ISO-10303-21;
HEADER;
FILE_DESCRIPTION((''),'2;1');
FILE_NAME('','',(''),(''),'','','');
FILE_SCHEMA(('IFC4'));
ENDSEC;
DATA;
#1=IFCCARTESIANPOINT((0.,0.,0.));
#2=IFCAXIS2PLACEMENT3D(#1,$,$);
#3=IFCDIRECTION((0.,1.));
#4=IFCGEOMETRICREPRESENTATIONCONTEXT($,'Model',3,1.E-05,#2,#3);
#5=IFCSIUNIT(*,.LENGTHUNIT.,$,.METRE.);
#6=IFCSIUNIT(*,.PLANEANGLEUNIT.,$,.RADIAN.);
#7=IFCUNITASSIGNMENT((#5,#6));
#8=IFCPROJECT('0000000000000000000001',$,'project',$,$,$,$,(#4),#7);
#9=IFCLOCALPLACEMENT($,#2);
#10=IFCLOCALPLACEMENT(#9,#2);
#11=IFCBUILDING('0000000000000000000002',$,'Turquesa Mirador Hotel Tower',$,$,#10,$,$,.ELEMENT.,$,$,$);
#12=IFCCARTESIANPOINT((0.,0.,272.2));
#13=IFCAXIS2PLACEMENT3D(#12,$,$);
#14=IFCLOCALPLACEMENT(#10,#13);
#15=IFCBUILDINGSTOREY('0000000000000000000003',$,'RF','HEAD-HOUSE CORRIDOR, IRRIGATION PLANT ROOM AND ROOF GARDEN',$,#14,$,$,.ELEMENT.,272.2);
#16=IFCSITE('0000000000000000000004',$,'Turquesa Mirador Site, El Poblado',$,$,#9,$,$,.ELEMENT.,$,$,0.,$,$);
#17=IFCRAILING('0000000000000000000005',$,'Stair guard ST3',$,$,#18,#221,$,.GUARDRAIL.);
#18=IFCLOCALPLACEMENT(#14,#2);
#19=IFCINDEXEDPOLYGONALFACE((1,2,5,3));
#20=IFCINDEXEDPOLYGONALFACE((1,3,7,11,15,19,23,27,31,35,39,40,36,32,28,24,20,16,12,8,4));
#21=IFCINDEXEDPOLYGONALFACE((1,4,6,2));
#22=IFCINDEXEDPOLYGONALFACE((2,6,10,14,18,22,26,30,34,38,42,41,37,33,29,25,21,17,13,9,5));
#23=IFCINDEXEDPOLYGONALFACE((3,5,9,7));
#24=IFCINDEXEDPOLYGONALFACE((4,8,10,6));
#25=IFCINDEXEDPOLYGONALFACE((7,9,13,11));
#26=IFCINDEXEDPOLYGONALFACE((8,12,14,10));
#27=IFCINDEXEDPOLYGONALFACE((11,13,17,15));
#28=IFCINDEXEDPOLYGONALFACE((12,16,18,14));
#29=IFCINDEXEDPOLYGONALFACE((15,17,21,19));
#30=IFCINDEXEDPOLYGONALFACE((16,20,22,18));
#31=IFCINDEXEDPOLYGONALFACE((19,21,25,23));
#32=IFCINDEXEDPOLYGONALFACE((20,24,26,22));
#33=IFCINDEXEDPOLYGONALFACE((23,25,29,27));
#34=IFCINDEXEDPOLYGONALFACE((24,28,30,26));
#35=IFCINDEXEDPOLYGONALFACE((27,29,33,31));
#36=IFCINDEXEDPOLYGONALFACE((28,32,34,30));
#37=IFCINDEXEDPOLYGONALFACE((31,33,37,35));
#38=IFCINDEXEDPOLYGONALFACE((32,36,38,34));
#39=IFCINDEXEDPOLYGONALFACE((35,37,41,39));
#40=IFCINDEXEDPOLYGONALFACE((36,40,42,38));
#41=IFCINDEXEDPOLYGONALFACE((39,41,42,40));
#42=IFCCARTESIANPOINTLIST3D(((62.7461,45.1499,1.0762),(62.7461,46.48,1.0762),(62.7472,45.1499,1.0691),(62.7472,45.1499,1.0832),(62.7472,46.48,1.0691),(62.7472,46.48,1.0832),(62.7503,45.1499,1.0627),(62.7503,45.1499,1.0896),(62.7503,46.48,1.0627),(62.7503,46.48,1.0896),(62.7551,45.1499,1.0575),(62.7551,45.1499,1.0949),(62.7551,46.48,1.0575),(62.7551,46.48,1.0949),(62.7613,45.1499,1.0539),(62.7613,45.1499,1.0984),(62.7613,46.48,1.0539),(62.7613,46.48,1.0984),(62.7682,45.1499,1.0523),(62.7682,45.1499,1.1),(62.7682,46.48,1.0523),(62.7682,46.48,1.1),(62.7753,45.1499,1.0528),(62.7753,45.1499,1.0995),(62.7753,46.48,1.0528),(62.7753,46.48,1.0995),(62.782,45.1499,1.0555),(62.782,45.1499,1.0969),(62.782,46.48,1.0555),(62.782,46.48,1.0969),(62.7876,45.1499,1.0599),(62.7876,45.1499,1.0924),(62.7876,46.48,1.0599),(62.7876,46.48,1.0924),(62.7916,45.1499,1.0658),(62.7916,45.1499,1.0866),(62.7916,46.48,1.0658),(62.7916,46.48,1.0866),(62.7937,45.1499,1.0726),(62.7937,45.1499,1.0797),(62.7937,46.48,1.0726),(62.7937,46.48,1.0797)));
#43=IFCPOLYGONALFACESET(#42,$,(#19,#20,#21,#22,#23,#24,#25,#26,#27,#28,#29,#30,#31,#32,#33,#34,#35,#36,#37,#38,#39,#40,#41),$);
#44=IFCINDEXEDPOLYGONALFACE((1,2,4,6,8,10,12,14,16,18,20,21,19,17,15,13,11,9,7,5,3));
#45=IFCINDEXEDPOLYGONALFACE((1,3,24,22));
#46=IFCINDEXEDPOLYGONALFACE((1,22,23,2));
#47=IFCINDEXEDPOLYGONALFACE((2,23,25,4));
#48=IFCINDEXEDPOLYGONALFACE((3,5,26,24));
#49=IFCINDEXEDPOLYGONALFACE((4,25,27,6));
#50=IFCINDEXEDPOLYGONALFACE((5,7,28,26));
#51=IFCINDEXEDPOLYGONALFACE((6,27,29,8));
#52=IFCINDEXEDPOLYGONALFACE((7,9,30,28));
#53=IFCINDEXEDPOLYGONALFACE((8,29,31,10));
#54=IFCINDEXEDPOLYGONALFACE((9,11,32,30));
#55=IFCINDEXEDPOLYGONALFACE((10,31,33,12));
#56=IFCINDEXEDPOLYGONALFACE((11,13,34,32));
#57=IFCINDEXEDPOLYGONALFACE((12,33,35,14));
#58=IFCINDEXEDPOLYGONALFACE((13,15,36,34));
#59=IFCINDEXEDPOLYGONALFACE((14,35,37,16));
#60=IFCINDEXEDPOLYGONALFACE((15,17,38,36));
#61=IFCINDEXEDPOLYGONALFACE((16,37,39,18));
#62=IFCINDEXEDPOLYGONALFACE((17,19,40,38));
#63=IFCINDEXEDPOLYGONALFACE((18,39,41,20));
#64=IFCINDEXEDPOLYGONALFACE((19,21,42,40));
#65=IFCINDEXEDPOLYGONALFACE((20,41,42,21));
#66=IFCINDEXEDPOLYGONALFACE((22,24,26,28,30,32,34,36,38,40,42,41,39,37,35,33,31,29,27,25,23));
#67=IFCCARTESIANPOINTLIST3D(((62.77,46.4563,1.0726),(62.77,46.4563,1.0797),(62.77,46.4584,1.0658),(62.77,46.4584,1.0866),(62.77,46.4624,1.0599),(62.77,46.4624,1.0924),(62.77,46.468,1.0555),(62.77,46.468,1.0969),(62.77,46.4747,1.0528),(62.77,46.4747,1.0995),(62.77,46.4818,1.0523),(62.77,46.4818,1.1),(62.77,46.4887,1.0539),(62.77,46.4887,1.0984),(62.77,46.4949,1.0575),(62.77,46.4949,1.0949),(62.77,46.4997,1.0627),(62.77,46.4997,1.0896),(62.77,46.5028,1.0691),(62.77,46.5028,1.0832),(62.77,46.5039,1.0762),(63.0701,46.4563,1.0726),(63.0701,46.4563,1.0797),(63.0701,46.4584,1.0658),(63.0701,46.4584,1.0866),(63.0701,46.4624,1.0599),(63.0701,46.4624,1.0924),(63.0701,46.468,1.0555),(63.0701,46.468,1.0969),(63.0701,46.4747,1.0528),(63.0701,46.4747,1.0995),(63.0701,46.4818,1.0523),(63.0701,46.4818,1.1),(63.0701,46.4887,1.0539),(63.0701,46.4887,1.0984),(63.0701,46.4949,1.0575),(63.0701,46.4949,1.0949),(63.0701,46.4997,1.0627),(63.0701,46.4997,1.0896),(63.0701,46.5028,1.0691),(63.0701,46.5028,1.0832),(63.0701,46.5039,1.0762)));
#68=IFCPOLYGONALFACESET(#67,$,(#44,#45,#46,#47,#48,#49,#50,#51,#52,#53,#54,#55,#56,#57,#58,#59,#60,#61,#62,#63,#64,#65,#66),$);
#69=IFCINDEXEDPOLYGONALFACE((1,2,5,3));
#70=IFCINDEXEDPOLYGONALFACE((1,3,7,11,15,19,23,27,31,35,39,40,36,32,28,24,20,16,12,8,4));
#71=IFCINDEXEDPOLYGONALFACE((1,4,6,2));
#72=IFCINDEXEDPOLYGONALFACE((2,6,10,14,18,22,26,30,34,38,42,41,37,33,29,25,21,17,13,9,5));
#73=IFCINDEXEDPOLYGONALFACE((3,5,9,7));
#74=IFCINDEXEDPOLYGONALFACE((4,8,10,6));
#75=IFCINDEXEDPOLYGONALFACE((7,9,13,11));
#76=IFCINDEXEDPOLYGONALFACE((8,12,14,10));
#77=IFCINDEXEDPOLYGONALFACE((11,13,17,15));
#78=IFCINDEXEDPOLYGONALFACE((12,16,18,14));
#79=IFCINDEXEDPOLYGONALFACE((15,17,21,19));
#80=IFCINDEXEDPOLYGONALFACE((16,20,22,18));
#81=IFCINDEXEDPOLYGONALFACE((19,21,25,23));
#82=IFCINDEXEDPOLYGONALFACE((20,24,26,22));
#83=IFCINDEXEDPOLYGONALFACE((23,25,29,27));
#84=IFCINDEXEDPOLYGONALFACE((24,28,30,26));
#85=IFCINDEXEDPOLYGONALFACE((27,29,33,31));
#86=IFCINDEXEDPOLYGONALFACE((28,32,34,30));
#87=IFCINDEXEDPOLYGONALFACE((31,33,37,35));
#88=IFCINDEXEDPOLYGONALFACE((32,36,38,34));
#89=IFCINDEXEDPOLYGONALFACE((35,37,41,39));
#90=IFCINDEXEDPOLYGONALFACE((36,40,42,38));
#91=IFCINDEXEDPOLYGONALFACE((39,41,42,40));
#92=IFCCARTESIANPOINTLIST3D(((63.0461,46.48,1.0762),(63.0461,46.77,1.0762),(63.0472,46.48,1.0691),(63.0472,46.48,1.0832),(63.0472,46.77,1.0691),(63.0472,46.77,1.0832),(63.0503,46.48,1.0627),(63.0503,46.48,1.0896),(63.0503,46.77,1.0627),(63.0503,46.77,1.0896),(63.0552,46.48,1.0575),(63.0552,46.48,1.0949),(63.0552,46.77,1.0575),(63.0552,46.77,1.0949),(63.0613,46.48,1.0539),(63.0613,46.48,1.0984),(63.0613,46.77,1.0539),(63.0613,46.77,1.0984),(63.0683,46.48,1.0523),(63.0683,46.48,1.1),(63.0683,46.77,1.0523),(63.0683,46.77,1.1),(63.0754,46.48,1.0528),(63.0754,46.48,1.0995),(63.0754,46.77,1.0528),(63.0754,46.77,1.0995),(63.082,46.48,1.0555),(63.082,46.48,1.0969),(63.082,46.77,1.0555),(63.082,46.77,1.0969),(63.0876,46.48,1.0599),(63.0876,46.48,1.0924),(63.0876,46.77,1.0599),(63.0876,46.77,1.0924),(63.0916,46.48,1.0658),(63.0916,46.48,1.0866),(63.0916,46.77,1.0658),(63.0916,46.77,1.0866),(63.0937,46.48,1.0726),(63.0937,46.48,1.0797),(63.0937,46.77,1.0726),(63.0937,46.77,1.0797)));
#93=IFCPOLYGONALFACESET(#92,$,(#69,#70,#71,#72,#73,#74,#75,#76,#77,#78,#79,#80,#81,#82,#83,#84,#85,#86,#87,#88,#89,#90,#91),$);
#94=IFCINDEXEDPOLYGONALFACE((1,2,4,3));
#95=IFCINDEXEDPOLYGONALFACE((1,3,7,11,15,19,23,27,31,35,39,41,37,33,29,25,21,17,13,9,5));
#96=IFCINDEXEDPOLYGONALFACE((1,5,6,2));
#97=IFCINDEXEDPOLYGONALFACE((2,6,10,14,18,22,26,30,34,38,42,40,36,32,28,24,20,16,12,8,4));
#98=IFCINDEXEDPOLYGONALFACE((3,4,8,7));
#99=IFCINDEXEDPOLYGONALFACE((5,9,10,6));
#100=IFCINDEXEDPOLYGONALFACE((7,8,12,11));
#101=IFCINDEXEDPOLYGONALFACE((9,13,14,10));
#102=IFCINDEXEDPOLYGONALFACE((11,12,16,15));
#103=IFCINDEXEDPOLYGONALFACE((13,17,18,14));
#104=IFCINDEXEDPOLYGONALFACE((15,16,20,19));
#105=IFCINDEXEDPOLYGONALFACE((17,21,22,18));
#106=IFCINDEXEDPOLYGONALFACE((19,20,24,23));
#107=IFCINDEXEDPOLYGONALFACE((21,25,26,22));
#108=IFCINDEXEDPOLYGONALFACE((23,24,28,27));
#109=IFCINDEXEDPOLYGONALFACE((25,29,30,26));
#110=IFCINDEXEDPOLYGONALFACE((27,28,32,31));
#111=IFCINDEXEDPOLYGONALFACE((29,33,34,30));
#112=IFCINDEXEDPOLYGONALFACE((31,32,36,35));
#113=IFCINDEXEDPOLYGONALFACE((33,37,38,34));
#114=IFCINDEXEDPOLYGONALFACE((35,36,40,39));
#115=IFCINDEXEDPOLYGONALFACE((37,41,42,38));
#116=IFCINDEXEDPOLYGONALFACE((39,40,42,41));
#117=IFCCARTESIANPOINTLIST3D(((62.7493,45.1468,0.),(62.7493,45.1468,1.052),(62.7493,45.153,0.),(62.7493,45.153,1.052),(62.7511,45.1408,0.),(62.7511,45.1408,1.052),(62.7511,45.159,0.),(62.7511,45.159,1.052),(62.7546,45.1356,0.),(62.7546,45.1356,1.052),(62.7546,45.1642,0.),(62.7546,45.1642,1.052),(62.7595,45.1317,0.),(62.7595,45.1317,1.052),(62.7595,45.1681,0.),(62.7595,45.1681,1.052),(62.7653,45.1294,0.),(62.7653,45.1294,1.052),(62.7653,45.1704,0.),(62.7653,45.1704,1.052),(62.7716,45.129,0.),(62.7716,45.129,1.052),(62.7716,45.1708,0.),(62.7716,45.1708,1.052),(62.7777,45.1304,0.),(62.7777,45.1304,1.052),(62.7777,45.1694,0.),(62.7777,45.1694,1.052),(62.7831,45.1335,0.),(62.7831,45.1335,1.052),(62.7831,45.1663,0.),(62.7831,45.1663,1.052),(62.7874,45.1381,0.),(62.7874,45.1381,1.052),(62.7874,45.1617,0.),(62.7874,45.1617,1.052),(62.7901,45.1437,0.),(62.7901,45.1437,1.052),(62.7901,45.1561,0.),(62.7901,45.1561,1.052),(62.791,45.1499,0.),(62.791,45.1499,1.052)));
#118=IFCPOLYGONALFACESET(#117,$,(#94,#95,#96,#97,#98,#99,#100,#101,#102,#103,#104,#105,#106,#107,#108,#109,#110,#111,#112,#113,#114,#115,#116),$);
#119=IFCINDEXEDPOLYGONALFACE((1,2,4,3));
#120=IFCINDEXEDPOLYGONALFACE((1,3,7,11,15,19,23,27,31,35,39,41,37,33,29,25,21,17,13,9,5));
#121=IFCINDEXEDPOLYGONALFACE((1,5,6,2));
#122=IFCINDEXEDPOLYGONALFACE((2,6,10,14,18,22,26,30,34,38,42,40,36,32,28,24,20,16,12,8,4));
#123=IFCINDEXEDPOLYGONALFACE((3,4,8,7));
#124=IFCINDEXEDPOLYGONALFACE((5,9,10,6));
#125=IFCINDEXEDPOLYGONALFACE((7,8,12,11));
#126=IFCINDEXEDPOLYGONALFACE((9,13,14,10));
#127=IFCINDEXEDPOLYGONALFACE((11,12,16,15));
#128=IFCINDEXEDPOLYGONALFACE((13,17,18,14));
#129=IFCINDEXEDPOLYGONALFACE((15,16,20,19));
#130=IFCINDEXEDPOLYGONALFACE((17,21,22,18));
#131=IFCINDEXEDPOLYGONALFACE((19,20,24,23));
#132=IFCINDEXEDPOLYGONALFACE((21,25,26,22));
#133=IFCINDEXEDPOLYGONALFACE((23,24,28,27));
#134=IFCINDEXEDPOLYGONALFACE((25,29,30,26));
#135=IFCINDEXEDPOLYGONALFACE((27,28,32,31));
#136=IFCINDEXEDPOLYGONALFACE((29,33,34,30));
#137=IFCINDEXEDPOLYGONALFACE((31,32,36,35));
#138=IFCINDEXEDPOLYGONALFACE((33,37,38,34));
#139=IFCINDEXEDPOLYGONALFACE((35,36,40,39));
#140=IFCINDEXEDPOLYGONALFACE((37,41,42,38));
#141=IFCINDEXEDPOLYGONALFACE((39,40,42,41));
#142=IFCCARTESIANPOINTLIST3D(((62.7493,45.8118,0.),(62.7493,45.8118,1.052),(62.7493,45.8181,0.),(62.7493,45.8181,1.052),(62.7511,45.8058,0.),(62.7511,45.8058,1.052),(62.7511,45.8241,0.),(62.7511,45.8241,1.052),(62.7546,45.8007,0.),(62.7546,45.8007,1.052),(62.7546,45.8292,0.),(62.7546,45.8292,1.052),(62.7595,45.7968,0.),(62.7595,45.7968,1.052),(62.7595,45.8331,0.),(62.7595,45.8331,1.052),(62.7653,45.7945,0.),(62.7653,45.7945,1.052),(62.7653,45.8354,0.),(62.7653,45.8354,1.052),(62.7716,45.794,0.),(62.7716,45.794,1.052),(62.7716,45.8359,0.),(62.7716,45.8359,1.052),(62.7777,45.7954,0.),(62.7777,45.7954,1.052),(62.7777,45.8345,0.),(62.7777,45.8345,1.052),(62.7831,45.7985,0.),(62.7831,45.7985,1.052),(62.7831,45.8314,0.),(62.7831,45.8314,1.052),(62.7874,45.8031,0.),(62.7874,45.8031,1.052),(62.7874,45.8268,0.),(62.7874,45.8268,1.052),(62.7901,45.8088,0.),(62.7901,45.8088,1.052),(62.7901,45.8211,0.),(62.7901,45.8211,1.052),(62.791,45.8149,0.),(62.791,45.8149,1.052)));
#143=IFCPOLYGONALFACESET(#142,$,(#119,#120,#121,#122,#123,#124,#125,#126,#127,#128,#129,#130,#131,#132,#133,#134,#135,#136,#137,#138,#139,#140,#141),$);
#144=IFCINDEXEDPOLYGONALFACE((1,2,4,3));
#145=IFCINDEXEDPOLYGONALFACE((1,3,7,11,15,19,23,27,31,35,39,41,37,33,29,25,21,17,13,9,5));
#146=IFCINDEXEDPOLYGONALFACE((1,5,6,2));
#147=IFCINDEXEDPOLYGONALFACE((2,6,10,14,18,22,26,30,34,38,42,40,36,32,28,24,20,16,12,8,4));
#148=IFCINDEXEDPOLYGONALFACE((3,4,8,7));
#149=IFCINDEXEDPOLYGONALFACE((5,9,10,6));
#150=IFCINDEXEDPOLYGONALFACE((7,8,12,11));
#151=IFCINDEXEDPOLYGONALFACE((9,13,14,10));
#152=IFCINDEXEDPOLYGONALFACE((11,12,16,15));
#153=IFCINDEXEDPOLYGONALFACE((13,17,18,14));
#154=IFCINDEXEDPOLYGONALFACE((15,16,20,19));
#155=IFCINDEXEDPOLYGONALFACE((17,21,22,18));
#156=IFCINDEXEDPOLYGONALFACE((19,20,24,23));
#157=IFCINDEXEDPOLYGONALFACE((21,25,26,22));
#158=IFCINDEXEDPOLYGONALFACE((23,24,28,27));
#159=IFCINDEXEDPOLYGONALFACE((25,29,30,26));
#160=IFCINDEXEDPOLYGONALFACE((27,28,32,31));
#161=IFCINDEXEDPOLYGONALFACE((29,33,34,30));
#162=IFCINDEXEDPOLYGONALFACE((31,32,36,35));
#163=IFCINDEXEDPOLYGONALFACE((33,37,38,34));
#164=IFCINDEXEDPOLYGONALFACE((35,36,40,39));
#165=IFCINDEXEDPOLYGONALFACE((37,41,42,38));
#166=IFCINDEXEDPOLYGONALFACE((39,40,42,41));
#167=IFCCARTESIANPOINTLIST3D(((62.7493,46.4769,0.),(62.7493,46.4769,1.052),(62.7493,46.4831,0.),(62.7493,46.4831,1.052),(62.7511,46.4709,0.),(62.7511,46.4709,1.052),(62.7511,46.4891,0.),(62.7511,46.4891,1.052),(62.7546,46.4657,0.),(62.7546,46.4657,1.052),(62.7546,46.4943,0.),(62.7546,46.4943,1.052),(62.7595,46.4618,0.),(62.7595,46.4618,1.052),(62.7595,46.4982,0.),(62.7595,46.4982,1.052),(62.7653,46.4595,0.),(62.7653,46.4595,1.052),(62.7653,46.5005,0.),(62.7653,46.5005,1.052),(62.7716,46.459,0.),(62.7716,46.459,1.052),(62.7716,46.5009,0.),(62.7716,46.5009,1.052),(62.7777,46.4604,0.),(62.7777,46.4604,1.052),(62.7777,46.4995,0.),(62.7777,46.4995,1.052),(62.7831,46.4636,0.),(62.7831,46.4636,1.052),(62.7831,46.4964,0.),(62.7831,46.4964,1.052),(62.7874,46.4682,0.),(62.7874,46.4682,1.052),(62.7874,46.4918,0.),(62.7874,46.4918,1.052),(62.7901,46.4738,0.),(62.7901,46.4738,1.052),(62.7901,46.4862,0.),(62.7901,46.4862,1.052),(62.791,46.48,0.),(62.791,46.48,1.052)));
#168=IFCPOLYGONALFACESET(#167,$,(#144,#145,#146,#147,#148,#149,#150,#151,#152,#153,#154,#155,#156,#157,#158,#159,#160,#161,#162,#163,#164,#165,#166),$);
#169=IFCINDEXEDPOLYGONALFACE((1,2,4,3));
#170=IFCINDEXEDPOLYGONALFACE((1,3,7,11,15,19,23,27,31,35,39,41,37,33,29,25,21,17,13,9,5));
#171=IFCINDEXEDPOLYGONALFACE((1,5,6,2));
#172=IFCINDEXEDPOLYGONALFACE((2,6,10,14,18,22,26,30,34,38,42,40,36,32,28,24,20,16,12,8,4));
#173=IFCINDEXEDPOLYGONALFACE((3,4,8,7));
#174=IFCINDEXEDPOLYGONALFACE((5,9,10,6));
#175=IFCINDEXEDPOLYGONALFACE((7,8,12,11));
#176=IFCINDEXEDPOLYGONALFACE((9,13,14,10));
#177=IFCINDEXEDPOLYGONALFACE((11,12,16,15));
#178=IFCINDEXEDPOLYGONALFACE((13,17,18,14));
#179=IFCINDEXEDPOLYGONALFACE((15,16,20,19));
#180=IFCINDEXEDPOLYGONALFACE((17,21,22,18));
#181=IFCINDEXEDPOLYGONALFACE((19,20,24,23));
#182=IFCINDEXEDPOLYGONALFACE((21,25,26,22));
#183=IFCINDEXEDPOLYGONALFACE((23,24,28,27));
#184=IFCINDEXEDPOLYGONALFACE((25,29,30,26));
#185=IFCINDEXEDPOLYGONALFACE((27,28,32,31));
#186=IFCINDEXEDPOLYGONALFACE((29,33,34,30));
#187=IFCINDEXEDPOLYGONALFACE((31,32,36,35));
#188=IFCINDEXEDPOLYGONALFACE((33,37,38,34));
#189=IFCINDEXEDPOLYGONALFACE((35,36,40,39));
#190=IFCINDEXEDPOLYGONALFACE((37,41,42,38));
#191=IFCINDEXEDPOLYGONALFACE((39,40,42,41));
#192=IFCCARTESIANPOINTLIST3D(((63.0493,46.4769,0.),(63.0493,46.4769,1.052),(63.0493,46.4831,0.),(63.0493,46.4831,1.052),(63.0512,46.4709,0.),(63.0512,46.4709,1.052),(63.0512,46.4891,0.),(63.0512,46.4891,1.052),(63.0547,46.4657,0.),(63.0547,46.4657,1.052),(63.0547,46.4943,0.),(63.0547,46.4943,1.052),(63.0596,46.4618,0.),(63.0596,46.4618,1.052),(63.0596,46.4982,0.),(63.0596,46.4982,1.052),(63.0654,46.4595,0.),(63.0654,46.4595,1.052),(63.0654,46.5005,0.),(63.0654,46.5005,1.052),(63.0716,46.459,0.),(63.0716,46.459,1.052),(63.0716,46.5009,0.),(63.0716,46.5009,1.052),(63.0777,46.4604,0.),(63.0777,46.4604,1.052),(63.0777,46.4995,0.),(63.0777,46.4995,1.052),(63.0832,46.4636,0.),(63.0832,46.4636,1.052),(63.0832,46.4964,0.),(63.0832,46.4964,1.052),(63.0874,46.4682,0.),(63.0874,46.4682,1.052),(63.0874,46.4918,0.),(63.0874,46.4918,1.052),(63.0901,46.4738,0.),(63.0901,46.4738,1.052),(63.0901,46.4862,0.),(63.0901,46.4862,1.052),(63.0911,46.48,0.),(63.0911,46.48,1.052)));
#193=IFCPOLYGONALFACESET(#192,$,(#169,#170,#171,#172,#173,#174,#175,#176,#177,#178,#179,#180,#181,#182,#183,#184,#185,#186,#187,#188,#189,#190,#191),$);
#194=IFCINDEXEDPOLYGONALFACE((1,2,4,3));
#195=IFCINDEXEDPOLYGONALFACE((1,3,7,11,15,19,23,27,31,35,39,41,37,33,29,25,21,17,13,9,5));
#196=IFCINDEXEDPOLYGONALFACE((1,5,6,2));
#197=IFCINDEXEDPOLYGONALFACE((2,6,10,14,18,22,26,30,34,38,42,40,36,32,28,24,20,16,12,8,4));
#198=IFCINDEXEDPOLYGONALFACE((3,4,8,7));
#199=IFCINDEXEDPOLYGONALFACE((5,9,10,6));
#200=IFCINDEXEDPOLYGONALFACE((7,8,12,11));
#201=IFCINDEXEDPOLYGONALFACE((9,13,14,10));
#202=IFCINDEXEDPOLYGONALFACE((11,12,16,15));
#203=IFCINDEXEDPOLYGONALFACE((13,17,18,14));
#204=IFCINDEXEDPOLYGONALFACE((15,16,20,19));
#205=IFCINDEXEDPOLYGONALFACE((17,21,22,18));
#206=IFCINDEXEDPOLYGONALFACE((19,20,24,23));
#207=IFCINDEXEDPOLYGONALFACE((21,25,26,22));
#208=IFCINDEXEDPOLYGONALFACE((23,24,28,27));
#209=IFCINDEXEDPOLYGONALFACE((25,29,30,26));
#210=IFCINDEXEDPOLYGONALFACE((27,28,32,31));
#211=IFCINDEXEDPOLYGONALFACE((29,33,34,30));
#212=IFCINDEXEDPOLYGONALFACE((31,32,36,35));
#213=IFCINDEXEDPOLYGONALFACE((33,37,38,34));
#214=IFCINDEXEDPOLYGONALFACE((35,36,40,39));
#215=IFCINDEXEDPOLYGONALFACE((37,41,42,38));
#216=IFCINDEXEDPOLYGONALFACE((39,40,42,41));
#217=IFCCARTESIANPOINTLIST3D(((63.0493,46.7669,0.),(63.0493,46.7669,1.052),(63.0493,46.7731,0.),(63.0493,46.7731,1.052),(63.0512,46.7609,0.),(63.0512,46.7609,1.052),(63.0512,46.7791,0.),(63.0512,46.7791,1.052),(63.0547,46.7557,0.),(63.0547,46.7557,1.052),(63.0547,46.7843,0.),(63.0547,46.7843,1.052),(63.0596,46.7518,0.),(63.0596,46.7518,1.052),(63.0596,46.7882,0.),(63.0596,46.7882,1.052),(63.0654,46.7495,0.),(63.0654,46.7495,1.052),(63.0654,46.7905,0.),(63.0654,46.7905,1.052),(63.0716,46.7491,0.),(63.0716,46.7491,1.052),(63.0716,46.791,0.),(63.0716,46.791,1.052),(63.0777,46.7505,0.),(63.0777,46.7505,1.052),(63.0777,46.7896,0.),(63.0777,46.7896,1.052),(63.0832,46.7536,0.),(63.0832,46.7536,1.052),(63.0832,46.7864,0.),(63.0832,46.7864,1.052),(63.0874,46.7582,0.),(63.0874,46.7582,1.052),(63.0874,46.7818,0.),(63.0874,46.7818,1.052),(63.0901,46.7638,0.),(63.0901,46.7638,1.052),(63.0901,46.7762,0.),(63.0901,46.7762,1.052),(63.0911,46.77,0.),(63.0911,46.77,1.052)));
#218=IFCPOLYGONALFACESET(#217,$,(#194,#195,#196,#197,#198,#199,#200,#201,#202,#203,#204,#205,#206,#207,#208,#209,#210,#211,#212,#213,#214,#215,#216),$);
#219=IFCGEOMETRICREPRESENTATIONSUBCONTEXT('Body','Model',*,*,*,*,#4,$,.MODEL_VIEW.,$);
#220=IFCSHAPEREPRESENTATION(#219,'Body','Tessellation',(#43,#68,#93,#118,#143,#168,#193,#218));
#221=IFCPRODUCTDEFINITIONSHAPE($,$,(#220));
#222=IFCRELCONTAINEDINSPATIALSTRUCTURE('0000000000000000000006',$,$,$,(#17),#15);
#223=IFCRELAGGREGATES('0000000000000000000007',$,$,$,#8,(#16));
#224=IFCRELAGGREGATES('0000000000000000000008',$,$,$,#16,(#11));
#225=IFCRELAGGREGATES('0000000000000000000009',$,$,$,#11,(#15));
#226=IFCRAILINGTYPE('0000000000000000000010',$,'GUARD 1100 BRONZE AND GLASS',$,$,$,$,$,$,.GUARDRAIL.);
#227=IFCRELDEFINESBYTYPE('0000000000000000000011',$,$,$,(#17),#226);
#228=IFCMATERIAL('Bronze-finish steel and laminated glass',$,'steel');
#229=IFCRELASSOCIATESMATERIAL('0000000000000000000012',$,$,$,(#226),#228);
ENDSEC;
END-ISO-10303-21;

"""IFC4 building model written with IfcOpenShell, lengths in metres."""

from ifc_helpers import new_model, si_unit, direction, frame, origin, origin_2d, place, context, subcontext, project, spatial, circle, extrude, material, type_object, element, save


model = new_model("IFC4")

# Units and contexts
model_context = context("Model", 3, precision=1e-05, world=origin(), true_north=direction((0.0, 1.0)))
body_context = subcontext(model_context, "Body", "Model", "MODEL_VIEW")
ifc_project = project(units=[si_unit("LENGTHUNIT", "METRE"), si_unit("PLANEANGLEUNIT", "RADIAN")], contexts=[model_context])

# Site, building, storey
site_placement = place(None, origin())
site = spatial("IfcSite", under=ifc_project, at=site_placement, Name="Turquesa Mirador Site, El Poblado", CompositionType="ELEMENT", RefElevation=0.0)
building_placement = place(site_placement, origin())
building = spatial("IfcBuilding", under=site, at=building_placement, Name="Turquesa Mirador Hotel Tower", CompositionType="ELEMENT")
storey_placement = place(building_placement, frame((0.0, 0.0, 272.2)))
storey = spatial("IfcBuildingStorey", under=building, at=storey_placement, Name="RF", Description="HEAD-HOUSE CORRIDOR, IRRIGATION PLANT ROOM AND ROOF GARDEN", CompositionType="ELEMENT", Elevation=272.2)

# Railing
ifc_material_1 = material(Name="Bronze-finish steel and laminated glass", Category="steel")
railing_type = type_object("IfcRailingType", Name="GUARD 1100 BRONZE AND GLASS", PredefinedType="GUARDRAIL", material=ifc_material_1)
railing_1_placement = place(storey_placement, frame((62.77, 45.1499, 0.0)))
element("IfcRailing", 1, at=railing_1_placement, inside=storey, type_object=railing_type, Name="Stair guard ST3", PredefinedType="GUARDRAIL", context=body_context, shape_type="SweptSolid", body=[
    extrude(circle(Radius=0.0239, at=origin_2d()), frame((0.0, 0.0, 1.0762), z_axis=(0.0, 1.0, 0.0), x_axis=(-1.0, 0.0, 0.0)), (0.0, 0.0, 1.0), 1.3301),
    extrude(circle(Radius=0.0239, at=origin_2d()), frame((0.0, 1.3301, 1.0762), z_axis=(1.0, 0.0, 0.0), x_axis=(0.0, 1.0, 0.0)), (0.0, 0.0, 1.0), 0.3),
    extrude(circle(Radius=0.0239, at=origin_2d()), frame((0.3, 1.3301, 1.0762), z_axis=(0.0, 1.0, 0.0), x_axis=(-1.0, 0.0, 0.0)), (0.0, 0.0, 1.0), 0.29),
    extrude(circle(Radius=0.021, at=origin_2d()), origin(), (0.0, 0.0, 1.0), 1.052),
    extrude(circle(Radius=0.021, at=origin_2d()), frame((0.0, 0.665, 0.0)), (0.0, 0.0, 1.0), 1.052),
    extrude(circle(Radius=0.021, at=origin_2d()), frame((0.0, 1.3301, 0.0)), (0.0, 0.0, 1.0), 1.052),
    extrude(circle(Radius=0.021, at=origin_2d()), frame((0.3, 1.3301, 0.0)), (0.0, 0.0, 1.0), 1.052),
    extrude(circle(Radius=0.021, at=origin_2d()), frame((0.3, 1.6201, 0.0)), (0.0, 0.0, 1.0), 1.052),
])

save(model, "model.ifc")
